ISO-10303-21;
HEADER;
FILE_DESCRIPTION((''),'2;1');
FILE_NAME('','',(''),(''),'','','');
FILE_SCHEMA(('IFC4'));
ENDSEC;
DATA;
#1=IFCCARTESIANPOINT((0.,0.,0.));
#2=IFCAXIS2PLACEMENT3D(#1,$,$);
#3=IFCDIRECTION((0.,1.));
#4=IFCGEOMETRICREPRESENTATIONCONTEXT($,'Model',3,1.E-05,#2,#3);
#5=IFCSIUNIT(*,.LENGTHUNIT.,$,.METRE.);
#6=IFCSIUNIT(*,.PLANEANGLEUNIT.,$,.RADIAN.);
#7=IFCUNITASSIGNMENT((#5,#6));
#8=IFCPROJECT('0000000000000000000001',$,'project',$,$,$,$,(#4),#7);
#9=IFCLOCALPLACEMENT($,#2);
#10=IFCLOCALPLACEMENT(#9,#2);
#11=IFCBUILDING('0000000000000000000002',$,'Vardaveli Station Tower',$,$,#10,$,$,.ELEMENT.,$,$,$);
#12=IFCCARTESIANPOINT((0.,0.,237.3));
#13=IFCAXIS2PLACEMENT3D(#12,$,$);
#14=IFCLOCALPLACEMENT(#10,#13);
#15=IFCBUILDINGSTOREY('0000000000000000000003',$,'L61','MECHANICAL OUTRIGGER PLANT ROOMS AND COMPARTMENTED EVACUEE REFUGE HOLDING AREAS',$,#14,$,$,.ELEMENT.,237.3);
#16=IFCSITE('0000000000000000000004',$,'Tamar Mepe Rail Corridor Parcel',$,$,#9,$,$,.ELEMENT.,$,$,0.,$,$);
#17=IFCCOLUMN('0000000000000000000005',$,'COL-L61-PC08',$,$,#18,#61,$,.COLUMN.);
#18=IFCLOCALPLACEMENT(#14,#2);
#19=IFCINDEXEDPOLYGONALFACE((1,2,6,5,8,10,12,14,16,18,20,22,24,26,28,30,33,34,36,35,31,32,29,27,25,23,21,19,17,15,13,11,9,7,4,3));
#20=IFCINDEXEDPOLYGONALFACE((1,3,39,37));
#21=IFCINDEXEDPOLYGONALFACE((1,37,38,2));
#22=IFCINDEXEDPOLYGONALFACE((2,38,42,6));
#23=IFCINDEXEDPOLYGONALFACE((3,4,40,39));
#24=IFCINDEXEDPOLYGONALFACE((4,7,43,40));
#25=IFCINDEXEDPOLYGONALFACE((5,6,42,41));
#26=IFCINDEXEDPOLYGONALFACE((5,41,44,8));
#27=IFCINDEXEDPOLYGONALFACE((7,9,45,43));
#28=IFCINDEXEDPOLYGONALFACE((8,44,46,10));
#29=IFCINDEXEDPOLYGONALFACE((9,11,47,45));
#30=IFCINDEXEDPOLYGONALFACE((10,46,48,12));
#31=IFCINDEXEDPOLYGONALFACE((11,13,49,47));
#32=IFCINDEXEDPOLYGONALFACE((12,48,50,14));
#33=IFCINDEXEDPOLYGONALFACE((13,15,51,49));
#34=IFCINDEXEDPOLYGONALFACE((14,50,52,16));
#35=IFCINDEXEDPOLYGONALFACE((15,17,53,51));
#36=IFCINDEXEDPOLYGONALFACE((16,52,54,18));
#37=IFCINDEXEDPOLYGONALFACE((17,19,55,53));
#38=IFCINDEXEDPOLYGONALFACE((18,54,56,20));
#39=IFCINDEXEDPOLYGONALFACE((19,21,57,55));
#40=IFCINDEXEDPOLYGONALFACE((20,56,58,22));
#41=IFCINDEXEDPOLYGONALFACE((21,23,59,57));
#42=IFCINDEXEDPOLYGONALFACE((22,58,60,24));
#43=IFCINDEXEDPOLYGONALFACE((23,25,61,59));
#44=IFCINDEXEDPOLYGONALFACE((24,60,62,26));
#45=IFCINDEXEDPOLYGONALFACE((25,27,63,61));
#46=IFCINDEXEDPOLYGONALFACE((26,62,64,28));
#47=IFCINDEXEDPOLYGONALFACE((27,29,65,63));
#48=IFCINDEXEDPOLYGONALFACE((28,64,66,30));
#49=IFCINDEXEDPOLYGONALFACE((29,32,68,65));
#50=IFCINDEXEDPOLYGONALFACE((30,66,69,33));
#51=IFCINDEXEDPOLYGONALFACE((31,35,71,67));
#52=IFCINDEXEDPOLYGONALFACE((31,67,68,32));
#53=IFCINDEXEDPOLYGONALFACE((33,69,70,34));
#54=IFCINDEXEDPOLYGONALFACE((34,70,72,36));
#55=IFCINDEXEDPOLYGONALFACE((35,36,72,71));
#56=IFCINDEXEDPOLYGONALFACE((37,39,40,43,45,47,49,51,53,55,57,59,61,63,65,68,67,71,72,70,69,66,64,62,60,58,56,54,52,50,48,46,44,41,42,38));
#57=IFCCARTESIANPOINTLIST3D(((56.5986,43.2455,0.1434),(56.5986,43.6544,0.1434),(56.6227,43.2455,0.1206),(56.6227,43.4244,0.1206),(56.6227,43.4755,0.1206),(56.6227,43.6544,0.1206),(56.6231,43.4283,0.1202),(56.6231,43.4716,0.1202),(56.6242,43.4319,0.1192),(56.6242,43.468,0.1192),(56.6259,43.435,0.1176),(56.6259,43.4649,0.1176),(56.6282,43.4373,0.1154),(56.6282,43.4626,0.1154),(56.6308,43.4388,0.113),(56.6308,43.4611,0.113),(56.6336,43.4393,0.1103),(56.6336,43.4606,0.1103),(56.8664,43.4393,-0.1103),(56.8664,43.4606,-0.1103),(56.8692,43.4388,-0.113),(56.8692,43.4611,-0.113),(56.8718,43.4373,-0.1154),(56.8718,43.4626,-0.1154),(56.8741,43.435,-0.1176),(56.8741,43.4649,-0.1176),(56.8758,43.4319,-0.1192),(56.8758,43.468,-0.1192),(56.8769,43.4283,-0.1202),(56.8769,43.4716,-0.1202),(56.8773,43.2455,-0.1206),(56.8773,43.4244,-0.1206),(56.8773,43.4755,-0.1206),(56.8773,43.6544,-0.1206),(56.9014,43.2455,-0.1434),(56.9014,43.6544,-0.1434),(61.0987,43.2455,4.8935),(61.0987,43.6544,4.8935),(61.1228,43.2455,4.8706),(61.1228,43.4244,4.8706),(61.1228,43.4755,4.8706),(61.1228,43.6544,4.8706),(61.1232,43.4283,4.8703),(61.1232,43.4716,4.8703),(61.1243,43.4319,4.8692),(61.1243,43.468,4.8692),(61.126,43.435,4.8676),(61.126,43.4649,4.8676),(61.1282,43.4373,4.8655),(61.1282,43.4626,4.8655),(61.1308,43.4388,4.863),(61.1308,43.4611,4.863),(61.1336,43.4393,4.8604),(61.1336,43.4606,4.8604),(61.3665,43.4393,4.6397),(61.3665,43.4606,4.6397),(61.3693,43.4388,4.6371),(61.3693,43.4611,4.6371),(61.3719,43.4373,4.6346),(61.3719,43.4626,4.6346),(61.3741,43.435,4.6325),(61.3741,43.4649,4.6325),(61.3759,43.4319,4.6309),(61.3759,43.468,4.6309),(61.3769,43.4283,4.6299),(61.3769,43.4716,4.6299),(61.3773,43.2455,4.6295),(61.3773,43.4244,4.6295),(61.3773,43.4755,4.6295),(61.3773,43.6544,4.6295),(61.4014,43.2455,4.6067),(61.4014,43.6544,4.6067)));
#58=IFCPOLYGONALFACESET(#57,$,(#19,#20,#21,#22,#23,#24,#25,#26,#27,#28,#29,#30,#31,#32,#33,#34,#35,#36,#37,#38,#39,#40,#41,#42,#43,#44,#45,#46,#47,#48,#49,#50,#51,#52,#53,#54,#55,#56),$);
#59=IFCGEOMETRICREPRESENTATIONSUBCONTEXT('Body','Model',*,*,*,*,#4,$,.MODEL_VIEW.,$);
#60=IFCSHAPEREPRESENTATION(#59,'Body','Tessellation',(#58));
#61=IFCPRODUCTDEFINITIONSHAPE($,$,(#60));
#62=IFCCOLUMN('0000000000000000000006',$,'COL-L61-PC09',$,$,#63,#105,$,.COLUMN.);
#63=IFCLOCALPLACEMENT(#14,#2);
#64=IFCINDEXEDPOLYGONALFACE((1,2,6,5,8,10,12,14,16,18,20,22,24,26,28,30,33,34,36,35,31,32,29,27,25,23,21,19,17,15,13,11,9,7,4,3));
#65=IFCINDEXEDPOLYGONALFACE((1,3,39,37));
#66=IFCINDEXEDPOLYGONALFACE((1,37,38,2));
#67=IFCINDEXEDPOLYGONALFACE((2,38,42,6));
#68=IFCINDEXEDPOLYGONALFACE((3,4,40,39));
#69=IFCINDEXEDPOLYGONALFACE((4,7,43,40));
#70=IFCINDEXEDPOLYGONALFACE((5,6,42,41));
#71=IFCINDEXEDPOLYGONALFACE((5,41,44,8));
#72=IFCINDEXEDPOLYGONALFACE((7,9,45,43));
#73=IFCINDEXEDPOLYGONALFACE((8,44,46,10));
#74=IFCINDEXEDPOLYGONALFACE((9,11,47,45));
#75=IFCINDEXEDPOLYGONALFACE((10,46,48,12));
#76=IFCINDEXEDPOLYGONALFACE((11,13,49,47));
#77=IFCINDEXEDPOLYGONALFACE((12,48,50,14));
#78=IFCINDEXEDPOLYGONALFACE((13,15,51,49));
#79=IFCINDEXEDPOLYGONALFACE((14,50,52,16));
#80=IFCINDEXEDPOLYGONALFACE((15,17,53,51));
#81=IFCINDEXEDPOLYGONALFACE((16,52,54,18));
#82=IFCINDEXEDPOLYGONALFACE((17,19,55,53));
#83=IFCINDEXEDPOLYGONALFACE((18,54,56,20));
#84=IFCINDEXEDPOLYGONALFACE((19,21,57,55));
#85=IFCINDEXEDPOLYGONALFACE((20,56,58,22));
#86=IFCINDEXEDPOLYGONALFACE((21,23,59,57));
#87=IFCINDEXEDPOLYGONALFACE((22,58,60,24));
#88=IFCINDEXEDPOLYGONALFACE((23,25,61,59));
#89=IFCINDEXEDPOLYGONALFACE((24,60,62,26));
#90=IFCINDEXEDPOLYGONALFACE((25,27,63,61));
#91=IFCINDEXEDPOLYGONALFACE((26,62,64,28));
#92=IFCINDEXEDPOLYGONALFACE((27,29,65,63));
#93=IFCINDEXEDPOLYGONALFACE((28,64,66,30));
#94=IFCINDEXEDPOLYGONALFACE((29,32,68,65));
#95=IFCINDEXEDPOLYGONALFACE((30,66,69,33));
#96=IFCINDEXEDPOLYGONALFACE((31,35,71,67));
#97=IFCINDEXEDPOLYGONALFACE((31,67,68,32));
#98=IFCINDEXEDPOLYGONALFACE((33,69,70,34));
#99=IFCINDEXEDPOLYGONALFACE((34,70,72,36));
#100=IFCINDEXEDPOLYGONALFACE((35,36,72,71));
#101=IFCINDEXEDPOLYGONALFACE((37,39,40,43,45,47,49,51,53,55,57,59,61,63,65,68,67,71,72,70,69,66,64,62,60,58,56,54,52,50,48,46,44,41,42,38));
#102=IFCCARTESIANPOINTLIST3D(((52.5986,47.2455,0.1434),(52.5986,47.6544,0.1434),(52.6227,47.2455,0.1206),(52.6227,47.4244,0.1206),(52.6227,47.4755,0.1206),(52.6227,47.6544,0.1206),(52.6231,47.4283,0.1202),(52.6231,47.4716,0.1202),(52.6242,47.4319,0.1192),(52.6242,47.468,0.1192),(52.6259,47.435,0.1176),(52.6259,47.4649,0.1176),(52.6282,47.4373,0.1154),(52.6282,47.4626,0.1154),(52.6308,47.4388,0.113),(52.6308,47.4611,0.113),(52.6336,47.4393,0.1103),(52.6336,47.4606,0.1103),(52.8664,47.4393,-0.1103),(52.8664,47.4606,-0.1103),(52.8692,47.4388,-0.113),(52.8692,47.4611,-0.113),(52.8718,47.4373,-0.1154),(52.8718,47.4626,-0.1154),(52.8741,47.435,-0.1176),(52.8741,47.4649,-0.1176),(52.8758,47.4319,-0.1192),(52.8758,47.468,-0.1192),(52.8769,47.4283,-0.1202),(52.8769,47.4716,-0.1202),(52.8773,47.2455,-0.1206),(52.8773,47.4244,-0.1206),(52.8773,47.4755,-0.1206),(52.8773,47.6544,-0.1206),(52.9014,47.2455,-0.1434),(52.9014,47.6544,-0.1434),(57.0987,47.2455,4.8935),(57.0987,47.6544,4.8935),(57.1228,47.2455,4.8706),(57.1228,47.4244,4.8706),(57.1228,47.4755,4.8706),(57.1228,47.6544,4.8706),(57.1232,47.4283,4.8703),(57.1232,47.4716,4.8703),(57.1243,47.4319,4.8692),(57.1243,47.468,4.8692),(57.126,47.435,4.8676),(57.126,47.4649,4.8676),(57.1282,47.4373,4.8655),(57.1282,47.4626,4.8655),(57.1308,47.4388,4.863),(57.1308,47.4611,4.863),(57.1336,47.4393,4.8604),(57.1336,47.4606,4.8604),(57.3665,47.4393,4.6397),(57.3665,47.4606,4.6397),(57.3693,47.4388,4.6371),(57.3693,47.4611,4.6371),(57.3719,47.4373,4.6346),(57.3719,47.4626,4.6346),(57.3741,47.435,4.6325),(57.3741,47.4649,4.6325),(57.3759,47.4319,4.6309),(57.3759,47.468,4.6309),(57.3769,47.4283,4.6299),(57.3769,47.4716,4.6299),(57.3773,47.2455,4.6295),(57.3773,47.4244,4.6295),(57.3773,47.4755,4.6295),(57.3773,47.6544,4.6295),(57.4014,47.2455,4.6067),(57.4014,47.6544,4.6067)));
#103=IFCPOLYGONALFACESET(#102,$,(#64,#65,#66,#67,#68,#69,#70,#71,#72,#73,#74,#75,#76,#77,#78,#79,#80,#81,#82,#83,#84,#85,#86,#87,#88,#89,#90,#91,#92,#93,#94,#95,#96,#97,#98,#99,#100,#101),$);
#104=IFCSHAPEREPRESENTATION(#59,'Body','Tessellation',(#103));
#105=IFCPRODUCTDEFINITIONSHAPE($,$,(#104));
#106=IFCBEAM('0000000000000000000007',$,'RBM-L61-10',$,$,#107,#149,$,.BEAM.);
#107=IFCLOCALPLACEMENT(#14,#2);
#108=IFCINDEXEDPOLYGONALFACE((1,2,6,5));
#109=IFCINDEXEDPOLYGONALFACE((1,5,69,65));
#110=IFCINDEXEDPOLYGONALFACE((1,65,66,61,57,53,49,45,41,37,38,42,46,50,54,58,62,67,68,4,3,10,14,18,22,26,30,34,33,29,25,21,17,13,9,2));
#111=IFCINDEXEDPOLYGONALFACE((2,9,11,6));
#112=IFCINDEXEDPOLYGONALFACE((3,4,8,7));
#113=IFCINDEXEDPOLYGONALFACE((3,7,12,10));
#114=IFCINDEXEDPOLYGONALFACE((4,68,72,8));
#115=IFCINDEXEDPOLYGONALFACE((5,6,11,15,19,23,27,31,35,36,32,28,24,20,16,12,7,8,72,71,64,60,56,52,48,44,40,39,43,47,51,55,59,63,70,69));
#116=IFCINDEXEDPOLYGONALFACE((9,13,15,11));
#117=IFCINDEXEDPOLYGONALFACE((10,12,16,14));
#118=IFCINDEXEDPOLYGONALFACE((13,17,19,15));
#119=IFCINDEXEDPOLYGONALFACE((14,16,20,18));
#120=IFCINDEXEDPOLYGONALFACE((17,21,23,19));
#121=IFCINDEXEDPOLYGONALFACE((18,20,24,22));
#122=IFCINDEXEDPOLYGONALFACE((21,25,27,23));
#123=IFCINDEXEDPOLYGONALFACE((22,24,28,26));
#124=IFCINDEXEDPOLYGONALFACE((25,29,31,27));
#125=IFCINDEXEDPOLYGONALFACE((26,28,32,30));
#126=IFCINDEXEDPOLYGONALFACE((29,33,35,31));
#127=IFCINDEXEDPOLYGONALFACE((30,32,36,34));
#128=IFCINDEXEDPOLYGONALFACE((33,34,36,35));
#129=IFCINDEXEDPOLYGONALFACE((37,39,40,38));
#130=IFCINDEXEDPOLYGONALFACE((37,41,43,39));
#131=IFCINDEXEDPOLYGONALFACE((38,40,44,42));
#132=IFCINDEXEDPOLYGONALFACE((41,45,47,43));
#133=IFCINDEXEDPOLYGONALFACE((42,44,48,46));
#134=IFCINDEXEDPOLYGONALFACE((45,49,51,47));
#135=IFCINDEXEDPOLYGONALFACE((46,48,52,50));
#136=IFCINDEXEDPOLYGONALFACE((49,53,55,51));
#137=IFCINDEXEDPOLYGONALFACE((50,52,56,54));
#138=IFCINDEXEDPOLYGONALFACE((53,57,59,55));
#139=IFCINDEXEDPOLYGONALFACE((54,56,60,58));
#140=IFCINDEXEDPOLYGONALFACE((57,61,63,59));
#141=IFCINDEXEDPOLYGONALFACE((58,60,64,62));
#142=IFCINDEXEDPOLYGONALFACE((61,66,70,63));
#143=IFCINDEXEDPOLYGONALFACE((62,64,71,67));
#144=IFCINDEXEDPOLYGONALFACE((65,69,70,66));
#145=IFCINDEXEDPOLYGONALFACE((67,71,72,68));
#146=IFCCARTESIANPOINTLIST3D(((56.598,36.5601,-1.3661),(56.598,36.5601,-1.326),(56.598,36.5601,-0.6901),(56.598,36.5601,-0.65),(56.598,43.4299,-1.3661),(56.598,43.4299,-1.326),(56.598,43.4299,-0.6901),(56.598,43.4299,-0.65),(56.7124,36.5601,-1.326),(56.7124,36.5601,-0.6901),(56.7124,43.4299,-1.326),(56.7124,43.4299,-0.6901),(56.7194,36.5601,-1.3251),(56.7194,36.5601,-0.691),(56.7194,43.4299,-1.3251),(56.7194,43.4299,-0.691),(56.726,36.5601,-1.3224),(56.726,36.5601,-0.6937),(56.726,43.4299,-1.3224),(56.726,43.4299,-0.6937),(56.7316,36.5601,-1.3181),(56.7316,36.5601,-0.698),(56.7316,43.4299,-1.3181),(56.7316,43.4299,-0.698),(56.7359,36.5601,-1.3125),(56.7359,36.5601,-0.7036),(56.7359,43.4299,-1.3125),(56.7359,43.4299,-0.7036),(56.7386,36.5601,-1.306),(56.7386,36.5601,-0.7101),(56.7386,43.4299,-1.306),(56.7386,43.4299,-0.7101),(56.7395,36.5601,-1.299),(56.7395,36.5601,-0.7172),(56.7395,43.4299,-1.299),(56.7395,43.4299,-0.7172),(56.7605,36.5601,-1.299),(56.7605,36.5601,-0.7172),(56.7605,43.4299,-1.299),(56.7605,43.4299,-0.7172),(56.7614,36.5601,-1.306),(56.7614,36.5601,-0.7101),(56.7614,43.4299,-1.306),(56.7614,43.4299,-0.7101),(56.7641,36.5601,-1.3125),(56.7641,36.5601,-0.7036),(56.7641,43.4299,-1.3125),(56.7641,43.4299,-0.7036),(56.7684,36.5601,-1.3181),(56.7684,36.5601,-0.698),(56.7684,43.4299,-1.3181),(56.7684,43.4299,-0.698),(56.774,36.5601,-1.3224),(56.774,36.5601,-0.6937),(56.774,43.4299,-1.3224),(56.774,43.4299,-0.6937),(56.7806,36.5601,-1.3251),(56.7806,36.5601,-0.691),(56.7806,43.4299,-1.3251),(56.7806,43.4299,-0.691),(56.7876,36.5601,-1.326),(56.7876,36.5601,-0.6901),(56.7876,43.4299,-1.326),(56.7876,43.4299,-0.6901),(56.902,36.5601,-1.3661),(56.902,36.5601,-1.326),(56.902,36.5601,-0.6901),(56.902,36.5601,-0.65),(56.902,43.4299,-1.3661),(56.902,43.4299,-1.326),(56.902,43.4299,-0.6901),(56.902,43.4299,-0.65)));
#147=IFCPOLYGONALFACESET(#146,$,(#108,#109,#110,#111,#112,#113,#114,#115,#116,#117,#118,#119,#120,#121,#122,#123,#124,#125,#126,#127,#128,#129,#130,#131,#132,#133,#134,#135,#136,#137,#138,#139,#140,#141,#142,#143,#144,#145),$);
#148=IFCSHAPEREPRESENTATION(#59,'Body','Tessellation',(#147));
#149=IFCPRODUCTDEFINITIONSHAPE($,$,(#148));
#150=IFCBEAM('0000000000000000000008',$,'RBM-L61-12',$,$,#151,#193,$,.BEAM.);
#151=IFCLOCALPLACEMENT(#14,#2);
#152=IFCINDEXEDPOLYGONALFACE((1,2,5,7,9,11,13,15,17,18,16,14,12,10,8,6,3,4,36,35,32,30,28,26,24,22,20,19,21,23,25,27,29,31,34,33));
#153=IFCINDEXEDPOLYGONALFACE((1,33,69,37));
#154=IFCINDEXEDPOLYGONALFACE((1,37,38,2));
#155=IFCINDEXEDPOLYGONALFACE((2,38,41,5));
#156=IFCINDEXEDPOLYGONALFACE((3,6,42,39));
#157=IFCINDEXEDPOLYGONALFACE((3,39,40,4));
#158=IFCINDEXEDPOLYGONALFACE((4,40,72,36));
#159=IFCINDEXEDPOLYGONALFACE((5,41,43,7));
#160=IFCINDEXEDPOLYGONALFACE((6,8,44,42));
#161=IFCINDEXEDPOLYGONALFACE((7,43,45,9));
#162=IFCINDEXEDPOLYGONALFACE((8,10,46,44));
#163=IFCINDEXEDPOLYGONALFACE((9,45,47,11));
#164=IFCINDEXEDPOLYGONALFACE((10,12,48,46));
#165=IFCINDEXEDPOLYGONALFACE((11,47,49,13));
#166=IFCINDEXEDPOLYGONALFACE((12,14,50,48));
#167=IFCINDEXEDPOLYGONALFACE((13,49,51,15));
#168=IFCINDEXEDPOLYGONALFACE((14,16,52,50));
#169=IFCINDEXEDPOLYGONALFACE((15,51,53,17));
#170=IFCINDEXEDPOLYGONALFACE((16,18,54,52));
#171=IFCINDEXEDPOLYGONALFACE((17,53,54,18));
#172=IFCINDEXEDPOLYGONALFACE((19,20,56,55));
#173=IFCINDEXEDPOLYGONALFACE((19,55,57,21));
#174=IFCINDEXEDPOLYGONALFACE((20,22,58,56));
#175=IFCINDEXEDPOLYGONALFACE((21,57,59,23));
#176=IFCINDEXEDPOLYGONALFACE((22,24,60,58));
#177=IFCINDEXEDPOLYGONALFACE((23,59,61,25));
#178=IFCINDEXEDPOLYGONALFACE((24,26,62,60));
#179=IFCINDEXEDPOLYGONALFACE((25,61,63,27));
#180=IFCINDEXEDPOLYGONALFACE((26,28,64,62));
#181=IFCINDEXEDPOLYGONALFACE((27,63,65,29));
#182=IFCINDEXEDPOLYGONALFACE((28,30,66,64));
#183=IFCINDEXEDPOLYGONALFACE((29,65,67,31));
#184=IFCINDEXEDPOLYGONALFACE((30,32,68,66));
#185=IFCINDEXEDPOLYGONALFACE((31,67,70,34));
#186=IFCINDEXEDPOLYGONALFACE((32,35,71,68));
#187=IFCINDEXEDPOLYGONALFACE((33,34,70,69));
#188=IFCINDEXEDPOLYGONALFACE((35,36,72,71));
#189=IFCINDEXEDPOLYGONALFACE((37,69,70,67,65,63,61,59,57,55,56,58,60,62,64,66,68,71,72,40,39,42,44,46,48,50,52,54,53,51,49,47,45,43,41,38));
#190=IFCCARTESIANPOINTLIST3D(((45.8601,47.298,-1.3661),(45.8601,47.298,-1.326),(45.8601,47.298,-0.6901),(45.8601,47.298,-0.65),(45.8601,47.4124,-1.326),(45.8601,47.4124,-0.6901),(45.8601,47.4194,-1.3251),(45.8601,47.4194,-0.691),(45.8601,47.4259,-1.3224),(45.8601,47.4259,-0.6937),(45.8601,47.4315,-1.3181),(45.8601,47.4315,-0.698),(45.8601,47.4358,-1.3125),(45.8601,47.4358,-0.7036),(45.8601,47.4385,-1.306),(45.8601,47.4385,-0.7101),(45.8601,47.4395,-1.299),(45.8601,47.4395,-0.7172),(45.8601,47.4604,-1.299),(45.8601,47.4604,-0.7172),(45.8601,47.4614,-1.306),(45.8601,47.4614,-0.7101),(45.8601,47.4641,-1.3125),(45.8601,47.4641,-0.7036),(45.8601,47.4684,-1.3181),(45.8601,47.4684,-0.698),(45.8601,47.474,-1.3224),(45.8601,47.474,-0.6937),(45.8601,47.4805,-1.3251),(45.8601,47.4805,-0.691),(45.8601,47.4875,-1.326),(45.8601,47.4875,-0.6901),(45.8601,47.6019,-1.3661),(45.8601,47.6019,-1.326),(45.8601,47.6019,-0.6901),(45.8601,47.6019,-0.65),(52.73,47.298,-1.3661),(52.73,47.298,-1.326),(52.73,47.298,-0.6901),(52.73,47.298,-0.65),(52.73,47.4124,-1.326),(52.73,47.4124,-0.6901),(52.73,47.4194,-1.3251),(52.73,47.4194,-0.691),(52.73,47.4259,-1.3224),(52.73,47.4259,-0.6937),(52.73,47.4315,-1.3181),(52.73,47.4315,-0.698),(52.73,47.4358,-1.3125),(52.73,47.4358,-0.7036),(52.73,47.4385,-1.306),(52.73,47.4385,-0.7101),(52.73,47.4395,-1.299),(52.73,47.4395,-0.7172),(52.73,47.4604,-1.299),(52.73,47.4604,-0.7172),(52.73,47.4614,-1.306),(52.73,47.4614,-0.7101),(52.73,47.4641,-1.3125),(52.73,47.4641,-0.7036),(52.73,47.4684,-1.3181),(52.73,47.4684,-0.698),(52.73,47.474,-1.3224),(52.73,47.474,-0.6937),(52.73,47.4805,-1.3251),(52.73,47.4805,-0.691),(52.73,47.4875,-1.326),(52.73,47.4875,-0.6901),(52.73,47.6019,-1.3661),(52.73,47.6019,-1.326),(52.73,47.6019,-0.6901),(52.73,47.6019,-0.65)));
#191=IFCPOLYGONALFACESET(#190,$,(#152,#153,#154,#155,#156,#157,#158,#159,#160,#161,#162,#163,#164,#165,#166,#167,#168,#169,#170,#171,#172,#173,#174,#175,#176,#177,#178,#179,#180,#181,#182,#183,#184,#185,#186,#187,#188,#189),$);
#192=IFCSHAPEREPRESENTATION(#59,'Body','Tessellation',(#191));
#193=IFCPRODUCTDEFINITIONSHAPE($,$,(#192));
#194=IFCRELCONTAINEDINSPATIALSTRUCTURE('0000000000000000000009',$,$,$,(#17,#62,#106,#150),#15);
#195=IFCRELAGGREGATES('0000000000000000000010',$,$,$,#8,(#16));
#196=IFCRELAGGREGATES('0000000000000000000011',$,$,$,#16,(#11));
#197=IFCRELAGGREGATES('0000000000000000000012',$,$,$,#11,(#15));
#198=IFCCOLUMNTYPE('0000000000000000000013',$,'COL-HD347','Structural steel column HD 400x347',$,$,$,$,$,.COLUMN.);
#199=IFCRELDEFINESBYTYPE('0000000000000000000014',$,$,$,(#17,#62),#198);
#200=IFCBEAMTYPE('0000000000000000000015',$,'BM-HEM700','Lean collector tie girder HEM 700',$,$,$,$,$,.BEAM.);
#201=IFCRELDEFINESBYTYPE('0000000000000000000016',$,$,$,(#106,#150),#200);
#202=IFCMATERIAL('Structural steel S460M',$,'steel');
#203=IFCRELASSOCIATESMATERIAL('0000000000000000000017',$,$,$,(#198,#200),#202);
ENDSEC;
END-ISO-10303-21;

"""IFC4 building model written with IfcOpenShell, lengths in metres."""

from ifc_helpers import new_model, si_unit, direction, frame, origin, origin_2d, place, context, subcontext, project, spatial, i_section, extrude, source, transform, mapped, material, material_profile, profile_set, type_object, element, save


model = new_model("IFC4")

# Units and contexts
model_context = context("Model", 3, precision=1e-05, world=origin(), true_north=direction((0.0, 1.0)))
body_context = subcontext(model_context, "Body", "Model", "MODEL_VIEW")
ifc_project = project(units=[si_unit("LENGTHUNIT", "METRE"), si_unit("PLANEANGLEUNIT", "RADIAN")], contexts=[model_context])

# Site, building, storey
site_placement = place(None, origin())
site = spatial("IfcSite", under=ifc_project, at=site_placement, Name="Tamar Mepe Rail Corridor Parcel", CompositionType="ELEMENT", RefElevation=0.0)
building_placement = place(site_placement, origin())
building = spatial("IfcBuilding", under=site, at=building_placement, Name="Vardaveli Station Tower", CompositionType="ELEMENT")
storey_placement = place(building_placement, frame((0.0, 0.0, 237.3)))
storey = spatial("IfcBuildingStorey", under=building, at=storey_placement, Name="L61", Description="MECHANICAL OUTRIGGER PLANT ROOMS AND COMPARTMENTED EVACUEE REFUGE HOLDING AREAS", CompositionType="ELEMENT", Elevation=237.3)

# Columns
ifc_material_1 = material(Name="Structural steel S460M", Category="steel")
ifc_material_profile_1 = material_profile(ifc_material_1, i_section(OverallWidth=0.4089, OverallDepth=0.417, WebThickness=0.0212, FlangeThickness=0.0332, FilletRadius=0.0149, at=origin_2d()), Name="HD 400x347")
ifc_profile_set_1 = profile_set([ifc_material_profile_1], Name="Structural steel S460M")
column_type = type_object("IfcColumnType", Name="COL-HD347", Description="Structural steel column HD 400x347", PredefinedType="COLUMN", material=ifc_profile_set_1)
shared_shape_1 = source(origin(), body_context, "Body", "SweptSolid", [
    extrude(i_section(OverallWidth=0.4089, OverallDepth=0.417, WebThickness=0.0212, FlangeThickness=0.0332, FilletRadius=0.0149, at=origin_2d()), origin(), (0.0, 0.0, 1.0), 6.5432),
])
for number, where, z_axis, x_axis, name in (
    (1, (56.75, 43.45, 0.0), (0.687745, 0.0, 0.725953), (0.0, 1.0, 0.0), "COL-L61-PC08"),
    (2, (52.75, 47.45, 0.0), (0.687745, 0.0, 0.725953), (0.0, 1.0, 0.0), "COL-L61-PC09"),
):
    element("IfcColumn", number, at=place(storey_placement, frame(where, z_axis=z_axis, x_axis=x_axis)), inside=storey, type_object=column_type, Name=name, PredefinedType="COLUMN", context=body_context, shape_type="MappedRepresentation", body=[
        mapped(shared_shape_1, transform((0.0, 0.0, 0.0), scale=1.0)),
    ])

# Beams
ifc_material_profile_2 = material_profile(ifc_material_1, i_section(OverallWidth=0.304, OverallDepth=0.7161, WebThickness=0.021, FlangeThickness=0.04, FilletRadius=0.0271, at=origin_2d()), Name="HEM 700")
ifc_profile_set_2 = profile_set([ifc_material_profile_2], Name="Structural steel S460M")
beam_type = type_object("IfcBeamType", Name="BM-HEM700", Description="Lean collector tie girder HEM 700", PredefinedType="BEAM", material=ifc_profile_set_2)
shared_shape_2 = source(origin(), body_context, "Body", "SweptSolid", [
    extrude(i_section(OverallWidth=0.304, OverallDepth=0.7161, WebThickness=0.021, FlangeThickness=0.04, FilletRadius=0.0271, at=origin_2d()), origin(), (0.0, 0.0, 1.0), 6.8699),
])
for number, where, z_axis, x_axis, name in (
    (3, (56.75, 36.5601, -1.0081), (0.0, 1.0, 0.0), (-1.0, 0.0, 0.0), "RBM-L61-10"),
    (4, (52.73, 47.45, -1.0081), (-1.0, 0.0, 0.0), (0.0, -1.0, 0.0), "RBM-L61-12"),
):
    element("IfcBeam", number, at=place(storey_placement, frame(where, z_axis=z_axis, x_axis=x_axis)), inside=storey, type_object=beam_type, Name=name, PredefinedType="BEAM", context=body_context, shape_type="MappedRepresentation", body=[
        mapped(shared_shape_2, transform((0.0, 0.0, 0.0), scale=1.0)),
    ])

save(model, "model.ifc")
